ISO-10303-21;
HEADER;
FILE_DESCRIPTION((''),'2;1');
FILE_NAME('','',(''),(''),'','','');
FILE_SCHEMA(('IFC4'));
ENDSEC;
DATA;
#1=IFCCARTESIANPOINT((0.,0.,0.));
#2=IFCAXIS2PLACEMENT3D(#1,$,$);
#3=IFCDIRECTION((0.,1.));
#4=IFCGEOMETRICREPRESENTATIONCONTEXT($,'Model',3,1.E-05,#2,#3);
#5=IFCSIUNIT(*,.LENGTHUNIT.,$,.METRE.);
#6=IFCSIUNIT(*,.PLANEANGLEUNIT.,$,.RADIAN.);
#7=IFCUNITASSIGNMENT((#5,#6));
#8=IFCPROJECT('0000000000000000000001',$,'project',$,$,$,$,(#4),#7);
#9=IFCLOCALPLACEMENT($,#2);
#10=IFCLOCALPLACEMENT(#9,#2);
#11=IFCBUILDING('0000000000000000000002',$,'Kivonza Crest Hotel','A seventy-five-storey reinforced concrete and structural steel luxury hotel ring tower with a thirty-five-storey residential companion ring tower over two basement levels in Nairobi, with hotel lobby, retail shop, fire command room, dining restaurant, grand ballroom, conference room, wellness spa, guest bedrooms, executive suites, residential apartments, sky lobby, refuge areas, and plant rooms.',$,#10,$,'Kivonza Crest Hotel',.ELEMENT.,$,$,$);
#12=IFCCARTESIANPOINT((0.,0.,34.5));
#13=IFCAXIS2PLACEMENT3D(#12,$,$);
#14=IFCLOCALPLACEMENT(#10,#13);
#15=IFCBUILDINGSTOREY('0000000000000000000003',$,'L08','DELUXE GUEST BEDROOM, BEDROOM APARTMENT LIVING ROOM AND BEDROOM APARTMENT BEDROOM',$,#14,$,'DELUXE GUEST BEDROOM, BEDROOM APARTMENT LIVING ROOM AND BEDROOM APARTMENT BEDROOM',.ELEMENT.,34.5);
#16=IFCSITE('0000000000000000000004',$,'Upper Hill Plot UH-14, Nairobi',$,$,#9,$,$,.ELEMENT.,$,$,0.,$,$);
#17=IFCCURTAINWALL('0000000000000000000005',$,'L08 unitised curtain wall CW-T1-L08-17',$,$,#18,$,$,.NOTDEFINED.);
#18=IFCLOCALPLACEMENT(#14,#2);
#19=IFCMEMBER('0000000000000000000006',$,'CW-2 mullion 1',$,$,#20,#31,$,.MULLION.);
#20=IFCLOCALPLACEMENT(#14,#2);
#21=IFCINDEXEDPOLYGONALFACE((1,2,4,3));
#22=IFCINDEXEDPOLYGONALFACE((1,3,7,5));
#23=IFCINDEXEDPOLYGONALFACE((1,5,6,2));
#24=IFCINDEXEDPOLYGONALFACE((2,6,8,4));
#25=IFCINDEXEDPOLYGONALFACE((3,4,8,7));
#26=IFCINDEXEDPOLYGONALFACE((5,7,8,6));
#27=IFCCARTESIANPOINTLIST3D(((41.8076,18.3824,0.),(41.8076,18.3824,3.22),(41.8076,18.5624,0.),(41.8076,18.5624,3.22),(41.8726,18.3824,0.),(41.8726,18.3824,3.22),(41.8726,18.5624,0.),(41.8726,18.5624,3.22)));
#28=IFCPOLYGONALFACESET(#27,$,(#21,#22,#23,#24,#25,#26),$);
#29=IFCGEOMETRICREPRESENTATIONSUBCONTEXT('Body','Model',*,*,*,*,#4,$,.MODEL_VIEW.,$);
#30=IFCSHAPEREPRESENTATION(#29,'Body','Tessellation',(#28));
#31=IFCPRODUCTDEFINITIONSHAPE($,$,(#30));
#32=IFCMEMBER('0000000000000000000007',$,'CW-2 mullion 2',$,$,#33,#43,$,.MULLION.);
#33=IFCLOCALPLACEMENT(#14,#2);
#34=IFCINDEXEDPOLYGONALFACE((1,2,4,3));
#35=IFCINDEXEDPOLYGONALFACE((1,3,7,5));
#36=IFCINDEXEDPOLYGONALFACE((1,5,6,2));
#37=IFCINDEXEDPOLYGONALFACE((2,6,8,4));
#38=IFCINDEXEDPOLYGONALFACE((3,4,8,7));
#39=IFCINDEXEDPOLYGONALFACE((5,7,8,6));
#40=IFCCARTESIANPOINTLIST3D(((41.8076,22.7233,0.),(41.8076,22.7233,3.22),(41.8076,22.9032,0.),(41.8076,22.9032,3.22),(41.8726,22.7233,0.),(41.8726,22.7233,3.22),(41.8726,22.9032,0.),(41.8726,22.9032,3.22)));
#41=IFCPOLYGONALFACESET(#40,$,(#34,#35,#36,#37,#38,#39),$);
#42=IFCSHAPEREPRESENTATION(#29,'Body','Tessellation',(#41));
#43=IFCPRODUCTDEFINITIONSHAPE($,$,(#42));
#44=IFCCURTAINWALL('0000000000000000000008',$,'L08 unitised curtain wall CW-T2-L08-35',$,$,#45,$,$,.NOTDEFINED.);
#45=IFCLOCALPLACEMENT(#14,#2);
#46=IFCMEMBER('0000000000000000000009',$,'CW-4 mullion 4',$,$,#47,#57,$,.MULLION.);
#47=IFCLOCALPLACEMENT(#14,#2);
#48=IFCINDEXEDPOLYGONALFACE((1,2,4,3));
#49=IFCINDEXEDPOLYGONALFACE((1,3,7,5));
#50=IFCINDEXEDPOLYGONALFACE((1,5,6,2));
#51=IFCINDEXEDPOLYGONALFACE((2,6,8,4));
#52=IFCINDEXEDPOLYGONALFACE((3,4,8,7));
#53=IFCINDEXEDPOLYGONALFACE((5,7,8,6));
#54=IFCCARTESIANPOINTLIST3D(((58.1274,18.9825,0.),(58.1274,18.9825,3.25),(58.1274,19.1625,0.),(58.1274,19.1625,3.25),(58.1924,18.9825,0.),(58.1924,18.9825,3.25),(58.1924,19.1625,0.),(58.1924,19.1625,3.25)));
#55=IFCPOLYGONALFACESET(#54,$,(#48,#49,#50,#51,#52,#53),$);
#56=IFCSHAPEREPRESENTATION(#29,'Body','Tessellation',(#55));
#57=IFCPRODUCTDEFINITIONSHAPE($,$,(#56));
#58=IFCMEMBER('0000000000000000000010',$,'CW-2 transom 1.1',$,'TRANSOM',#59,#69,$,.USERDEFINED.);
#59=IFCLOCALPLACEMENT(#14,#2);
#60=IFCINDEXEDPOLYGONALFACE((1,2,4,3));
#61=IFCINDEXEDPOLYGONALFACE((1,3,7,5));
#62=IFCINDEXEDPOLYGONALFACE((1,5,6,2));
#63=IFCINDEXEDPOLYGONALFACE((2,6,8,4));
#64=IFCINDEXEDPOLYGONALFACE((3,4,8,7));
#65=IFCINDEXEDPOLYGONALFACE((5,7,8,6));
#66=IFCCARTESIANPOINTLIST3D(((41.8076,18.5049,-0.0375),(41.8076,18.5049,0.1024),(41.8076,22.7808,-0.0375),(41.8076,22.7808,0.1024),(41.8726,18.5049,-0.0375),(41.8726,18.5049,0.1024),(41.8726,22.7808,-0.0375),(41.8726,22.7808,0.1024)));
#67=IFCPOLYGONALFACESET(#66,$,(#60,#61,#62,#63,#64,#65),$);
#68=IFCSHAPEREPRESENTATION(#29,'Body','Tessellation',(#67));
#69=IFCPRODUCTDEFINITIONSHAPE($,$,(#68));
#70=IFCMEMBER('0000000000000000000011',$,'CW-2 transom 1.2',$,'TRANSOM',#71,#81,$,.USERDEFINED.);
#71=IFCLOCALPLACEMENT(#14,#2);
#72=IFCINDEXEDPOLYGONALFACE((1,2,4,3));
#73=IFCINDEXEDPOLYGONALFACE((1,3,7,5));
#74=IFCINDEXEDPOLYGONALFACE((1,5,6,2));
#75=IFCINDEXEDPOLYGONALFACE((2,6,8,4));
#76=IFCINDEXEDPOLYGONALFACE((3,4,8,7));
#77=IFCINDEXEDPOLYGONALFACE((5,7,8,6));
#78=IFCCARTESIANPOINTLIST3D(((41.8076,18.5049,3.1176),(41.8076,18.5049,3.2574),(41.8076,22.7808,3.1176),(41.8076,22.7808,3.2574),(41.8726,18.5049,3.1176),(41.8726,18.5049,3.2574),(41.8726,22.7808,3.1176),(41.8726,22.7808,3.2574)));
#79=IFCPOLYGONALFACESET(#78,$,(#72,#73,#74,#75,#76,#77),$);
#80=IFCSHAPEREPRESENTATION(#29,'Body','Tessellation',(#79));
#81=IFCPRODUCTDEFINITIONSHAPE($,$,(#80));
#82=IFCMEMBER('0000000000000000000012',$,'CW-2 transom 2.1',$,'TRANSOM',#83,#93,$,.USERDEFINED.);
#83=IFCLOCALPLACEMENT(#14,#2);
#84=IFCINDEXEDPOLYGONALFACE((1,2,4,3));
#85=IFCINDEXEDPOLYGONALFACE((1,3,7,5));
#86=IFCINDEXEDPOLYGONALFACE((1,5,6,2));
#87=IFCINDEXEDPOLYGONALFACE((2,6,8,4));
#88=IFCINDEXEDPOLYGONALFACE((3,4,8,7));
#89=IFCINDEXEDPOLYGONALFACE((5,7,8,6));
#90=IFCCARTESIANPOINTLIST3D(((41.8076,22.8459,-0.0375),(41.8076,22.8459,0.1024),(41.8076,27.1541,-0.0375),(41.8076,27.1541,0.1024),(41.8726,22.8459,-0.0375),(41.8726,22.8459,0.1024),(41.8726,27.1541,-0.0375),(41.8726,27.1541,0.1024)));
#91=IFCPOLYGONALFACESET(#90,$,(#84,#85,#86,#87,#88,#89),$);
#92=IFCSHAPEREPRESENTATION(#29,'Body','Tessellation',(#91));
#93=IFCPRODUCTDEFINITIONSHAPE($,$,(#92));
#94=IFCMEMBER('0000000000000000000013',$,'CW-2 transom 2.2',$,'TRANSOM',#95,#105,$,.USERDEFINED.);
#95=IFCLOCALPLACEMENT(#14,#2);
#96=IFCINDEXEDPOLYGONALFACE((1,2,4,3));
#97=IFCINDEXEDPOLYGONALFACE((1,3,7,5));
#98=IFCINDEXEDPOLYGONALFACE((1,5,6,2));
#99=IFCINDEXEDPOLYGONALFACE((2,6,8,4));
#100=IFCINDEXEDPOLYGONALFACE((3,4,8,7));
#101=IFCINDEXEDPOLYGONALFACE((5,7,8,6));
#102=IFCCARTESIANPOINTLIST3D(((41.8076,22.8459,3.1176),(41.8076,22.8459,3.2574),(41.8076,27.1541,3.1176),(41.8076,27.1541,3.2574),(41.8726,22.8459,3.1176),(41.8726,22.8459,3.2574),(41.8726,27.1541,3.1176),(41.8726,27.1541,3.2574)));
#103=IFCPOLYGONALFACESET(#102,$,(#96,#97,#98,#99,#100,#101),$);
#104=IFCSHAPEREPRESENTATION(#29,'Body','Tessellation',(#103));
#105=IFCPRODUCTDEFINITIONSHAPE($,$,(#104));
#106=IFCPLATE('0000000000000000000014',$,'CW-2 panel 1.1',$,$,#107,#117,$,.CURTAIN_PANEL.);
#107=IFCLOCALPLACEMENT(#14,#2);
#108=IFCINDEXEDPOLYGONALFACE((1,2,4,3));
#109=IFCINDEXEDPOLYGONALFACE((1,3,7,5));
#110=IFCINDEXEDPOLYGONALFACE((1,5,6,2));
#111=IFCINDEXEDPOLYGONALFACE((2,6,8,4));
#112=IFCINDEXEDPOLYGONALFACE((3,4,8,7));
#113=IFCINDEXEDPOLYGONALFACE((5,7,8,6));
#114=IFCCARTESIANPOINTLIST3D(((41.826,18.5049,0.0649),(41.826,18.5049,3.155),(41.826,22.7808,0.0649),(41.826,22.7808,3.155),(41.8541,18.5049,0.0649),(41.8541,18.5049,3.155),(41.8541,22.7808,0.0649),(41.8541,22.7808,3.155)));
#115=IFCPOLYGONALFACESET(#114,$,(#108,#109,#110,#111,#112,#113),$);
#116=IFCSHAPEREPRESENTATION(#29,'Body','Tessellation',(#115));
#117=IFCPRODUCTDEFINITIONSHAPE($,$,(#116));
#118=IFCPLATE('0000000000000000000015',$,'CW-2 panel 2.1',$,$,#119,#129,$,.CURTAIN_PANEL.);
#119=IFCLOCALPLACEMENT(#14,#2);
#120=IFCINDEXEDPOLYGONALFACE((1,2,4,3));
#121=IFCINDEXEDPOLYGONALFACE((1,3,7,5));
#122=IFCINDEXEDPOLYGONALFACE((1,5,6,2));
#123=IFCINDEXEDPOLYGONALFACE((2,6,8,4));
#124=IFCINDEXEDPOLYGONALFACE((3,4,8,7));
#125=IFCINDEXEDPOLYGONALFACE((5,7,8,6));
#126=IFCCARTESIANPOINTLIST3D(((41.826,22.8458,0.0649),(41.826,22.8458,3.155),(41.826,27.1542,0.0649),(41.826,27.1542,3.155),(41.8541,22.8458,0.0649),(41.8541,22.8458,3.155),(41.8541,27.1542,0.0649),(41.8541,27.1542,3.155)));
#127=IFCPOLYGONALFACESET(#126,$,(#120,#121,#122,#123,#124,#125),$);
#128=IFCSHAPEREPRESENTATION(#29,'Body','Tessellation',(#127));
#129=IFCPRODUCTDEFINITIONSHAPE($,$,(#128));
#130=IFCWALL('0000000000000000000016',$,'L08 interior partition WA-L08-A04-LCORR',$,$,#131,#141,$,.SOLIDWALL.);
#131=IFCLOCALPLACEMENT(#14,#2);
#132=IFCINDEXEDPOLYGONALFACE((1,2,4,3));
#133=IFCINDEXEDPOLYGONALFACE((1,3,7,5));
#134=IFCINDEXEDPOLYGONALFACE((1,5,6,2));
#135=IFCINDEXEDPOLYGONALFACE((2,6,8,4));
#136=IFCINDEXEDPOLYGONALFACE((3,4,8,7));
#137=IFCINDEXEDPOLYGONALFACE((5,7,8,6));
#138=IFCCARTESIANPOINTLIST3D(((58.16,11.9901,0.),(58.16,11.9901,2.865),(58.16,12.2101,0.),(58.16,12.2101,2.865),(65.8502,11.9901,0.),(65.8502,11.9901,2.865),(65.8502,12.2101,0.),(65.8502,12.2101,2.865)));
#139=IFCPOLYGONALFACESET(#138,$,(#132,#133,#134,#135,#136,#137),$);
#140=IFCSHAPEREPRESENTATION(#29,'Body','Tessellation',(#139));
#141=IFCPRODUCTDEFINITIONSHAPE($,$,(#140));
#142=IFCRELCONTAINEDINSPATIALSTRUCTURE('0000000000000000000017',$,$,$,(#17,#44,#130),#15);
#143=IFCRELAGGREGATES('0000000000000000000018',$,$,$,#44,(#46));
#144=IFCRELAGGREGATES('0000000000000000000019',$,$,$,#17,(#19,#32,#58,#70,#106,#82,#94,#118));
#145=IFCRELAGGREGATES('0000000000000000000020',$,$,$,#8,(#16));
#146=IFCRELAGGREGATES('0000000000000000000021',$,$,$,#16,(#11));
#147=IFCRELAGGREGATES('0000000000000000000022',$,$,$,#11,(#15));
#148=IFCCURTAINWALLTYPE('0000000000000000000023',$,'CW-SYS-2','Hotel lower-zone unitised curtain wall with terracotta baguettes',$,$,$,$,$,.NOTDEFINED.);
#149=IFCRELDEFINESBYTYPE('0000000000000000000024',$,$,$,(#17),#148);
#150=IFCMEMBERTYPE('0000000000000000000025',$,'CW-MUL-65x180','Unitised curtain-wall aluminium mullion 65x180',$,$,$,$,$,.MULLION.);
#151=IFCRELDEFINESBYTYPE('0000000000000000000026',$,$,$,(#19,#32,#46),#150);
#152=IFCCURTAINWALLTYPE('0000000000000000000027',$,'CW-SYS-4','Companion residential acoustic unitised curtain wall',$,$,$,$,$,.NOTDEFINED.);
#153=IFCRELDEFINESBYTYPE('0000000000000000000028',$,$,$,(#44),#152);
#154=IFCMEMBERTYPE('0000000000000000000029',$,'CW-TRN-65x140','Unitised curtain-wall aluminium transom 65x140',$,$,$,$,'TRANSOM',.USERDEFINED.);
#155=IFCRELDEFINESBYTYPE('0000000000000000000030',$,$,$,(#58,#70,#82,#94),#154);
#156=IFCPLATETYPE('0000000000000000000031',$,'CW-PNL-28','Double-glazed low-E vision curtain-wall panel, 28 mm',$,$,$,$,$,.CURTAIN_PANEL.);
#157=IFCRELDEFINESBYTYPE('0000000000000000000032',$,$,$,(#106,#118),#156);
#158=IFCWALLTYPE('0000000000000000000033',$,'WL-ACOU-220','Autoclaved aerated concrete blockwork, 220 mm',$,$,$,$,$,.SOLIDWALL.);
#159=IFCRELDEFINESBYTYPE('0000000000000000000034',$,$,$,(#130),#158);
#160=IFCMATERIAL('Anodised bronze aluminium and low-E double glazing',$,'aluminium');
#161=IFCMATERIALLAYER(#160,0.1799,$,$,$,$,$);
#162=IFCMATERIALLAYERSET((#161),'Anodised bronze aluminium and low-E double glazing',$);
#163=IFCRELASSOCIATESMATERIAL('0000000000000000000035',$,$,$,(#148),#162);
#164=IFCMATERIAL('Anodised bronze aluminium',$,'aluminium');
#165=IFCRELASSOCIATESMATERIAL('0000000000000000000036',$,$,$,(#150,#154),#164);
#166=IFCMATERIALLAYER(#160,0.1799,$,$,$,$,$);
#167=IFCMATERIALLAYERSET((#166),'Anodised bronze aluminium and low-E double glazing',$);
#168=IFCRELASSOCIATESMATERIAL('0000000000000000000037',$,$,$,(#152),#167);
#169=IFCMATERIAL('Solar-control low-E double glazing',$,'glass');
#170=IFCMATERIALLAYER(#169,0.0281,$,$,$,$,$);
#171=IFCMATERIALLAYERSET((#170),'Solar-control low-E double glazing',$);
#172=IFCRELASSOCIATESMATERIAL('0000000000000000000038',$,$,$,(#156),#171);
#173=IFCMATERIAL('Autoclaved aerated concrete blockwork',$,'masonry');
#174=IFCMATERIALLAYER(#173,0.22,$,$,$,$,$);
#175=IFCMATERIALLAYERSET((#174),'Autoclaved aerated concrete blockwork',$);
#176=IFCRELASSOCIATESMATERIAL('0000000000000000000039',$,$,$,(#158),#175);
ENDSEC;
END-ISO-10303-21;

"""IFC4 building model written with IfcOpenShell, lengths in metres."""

from ifc_helpers import new_model, si_unit, direction, frame, frame_2d, origin, origin_2d, place, context, subcontext, project, spatial, rectangle, extrude, material, layer, layer_set, material_profile, profile_set, type_object, element, aggregate, save


model = new_model("IFC4")

# Units and contexts
model_context = context("Model", 3, precision=1e-05, world=origin(), true_north=direction((0.0, 1.0)))
body_context = subcontext(model_context, "Body", "Model", "MODEL_VIEW")
ifc_project = project(units=[si_unit("LENGTHUNIT", "METRE"), si_unit("PLANEANGLEUNIT", "RADIAN")], contexts=[model_context])

# Site, building, storey
site_placement = place(None, origin())
site = spatial("IfcSite", under=ifc_project, at=site_placement, Name="Upper Hill Plot UH-14, Nairobi", CompositionType="ELEMENT", RefElevation=0.0)
building_placement = place(site_placement, origin())
building = spatial("IfcBuilding", under=site, at=building_placement, Name="Kivonza Crest Hotel", Description="A seventy-five-storey reinforced concrete and structural steel luxury hotel ring tower with a thirty-five-storey residential companion ring tower over two basement levels in Nairobi, with hotel lobby, retail shop, fire command room, dining restaurant, grand ballroom, conference room, wellness spa, guest bedrooms, executive suites, residential apartments, sky lobby, refuge areas, and plant rooms.", LongName="Kivonza Crest Hotel", CompositionType="ELEMENT")
storey_placement = place(building_placement, frame((0.0, 0.0, 34.5)))
storey = spatial("IfcBuildingStorey", under=building, at=storey_placement, Name="L08", Description="DELUXE GUEST BEDROOM, BEDROOM APARTMENT LIVING ROOM AND BEDROOM APARTMENT BEDROOM", LongName="DELUXE GUEST BEDROOM, BEDROOM APARTMENT LIVING ROOM AND BEDROOM APARTMENT BEDROOM", CompositionType="ELEMENT", Elevation=34.5)

# Curtain wall, members
ifc_material_1 = material(Name="Anodised bronze aluminium and low-E double glazing", Category="aluminium")
ifc_layer_1 = layer(ifc_material_1, 0.1799)
ifc_layer_set_1 = layer_set([ifc_layer_1], Name="Anodised bronze aluminium and low-E double glazing")
curtain_wall_type_1 = type_object("IfcCurtainWallType", Name="CW-SYS-2", Description="Hotel lower-zone unitised curtain wall with terracotta baguettes", PredefinedType="NOTDEFINED", material=ifc_layer_set_1)
curtain_wall_1_placement = place(storey_placement, origin())
curtain_wall_1 = element("IfcCurtainWall", 1, at=curtain_wall_1_placement, inside=storey, type_object=curtain_wall_type_1, Name="L08 unitised curtain wall CW-T1-L08-17", PredefinedType="NOTDEFINED")
ifc_material_2 = material(Name="Anodised bronze aluminium", Category="aluminium")
ifc_material_profile_1 = material_profile(ifc_material_2, rectangle(XDim=0.0649, YDim=0.1799, at=origin_2d()), Name="CW-M 65x180")
ifc_profile_set_1 = profile_set([ifc_material_profile_1], Name="Anodised bronze aluminium")
member_type_1 = type_object("IfcMemberType", Name="CW-MUL-65x180", Description="Unitised curtain-wall aluminium mullion 65x180", PredefinedType="MULLION", material=ifc_profile_set_1)
member_1_placement = place(storey_placement, frame((41.8401, 18.4724, 0.0), z_axis=(0.0, 0.0, 1.0), x_axis=(-1.0, 0.0, 0.0)))
member_1 = element("IfcMember", 2, at=member_1_placement, type_object=member_type_1, Name="CW-2 mullion 1", PredefinedType="MULLION", context=body_context, shape_type="SweptSolid", body=[
    extrude(rectangle(XDim=0.0649, YDim=0.1799, at=origin_2d()), origin(), (0.0, 0.0, 1.0), 3.22),
])
member_2_placement = place(storey_placement, frame((41.8401, 22.8132, 0.0), z_axis=(0.0, 0.0, 1.0), x_axis=(-1.0, 0.0, 0.0)))
member_2 = element("IfcMember", 3, at=member_2_placement, type_object=member_type_1, Name="CW-2 mullion 2", PredefinedType="MULLION", context=body_context, shape_type="SweptSolid", body=[
    extrude(rectangle(XDim=0.0649, YDim=0.1799, at=origin_2d()), origin(), (0.0, 0.0, 1.0), 3.22),
])

# Curtain wall, member
ifc_layer_2 = layer(ifc_material_1, 0.1799)
ifc_layer_set_2 = layer_set([ifc_layer_2], Name="Anodised bronze aluminium and low-E double glazing")
curtain_wall_type_2 = type_object("IfcCurtainWallType", Name="CW-SYS-4", Description="Companion residential acoustic unitised curtain wall", PredefinedType="NOTDEFINED", material=ifc_layer_set_2)
curtain_wall_2_placement = place(storey_placement, origin())
curtain_wall_2 = element("IfcCurtainWall", 4, at=curtain_wall_2_placement, inside=storey, type_object=curtain_wall_type_2, Name="L08 unitised curtain wall CW-T2-L08-35", PredefinedType="NOTDEFINED")
member_3_placement = place(storey_placement, frame((58.1599, 19.0725, 0.0), z_axis=(0.0, 0.0, 1.0), x_axis=(1.0, 0.0, 0.0)))
member_3 = element("IfcMember", 5, at=member_3_placement, type_object=member_type_1, Name="CW-4 mullion 4", PredefinedType="MULLION", context=body_context, shape_type="SweptSolid", body=[
    extrude(rectangle(XDim=0.0649, YDim=0.1799, at=origin_2d()), origin(), (0.0, 0.0, 1.0), 3.25),
])
aggregate(curtain_wall_2, [member_3])

# Members
ifc_material_profile_2 = material_profile(ifc_material_2, rectangle(XDim=0.0649, YDim=0.1399, at=origin_2d()), Name="CW-T 65x140")
ifc_profile_set_2 = profile_set([ifc_material_profile_2], Name="Anodised bronze aluminium")
member_type_2 = type_object("IfcMemberType", Name="CW-TRN-65x140", Description="Unitised curtain-wall aluminium transom 65x140", ElementType="TRANSOM", PredefinedType="USERDEFINED", material=ifc_profile_set_2)
member_4_placement = place(storey_placement, frame((41.8401, 18.5049, 0.0325), z_axis=(0.0, 1.0, 0.0), x_axis=(-1.0, 0.0, 0.0)))
member_4 = element("IfcMember", 6, at=member_4_placement, type_object=member_type_2, Name="CW-2 transom 1.1", ObjectType="TRANSOM", PredefinedType="USERDEFINED", context=body_context, shape_type="SweptSolid", body=[
    extrude(rectangle(XDim=0.0649, YDim=0.1399, at=origin_2d()), origin(), (0.0, 0.0, 1.0), 4.2759),
])
member_5_placement = place(storey_placement, frame((41.8401, 18.5049, 3.1875), z_axis=(0.0, 1.0, 0.0), x_axis=(-1.0, 0.0, 0.0)))
member_5 = element("IfcMember", 7, at=member_5_placement, type_object=member_type_2, Name="CW-2 transom 1.2", ObjectType="TRANSOM", PredefinedType="USERDEFINED", context=body_context, shape_type="SweptSolid", body=[
    extrude(rectangle(XDim=0.0649, YDim=0.1399, at=origin_2d()), origin(), (0.0, 0.0, 1.0), 4.2759),
])
member_6_placement = place(storey_placement, frame((41.8401, 22.8459, 0.0325), z_axis=(0.0, 1.0, 0.0), x_axis=(-1.0, 0.0, 0.0)))
member_6 = element("IfcMember", 8, at=member_6_placement, type_object=member_type_2, Name="CW-2 transom 2.1", ObjectType="TRANSOM", PredefinedType="USERDEFINED", context=body_context, shape_type="SweptSolid", body=[
    extrude(rectangle(XDim=0.0649, YDim=0.1399, at=origin_2d()), origin(), (0.0, 0.0, 1.0), 4.3081),
])
member_7_placement = place(storey_placement, frame((41.8401, 22.8459, 3.1875), z_axis=(0.0, 1.0, 0.0), x_axis=(-1.0, 0.0, 0.0)))
member_7 = element("IfcMember", 9, at=member_7_placement, type_object=member_type_2, Name="CW-2 transom 2.2", ObjectType="TRANSOM", PredefinedType="USERDEFINED", context=body_context, shape_type="SweptSolid", body=[
    extrude(rectangle(XDim=0.0649, YDim=0.1399, at=origin_2d()), origin(), (0.0, 0.0, 1.0), 4.3081),
])

# Plates
ifc_material_3 = material(Name="Solar-control low-E double glazing", Category="glass")
ifc_layer_3 = layer(ifc_material_3, 0.0281)
ifc_layer_set_3 = layer_set([ifc_layer_3], Name="Solar-control low-E double glazing")
plate_type = type_object("IfcPlateType", Name="CW-PNL-28", Description="Double-glazed low-E vision curtain-wall panel, 28 mm", PredefinedType="CURTAIN_PANEL", material=ifc_layer_set_3)
plate_1_placement = place(storey_placement, frame((41.8401, 20.6428, 0.0649), z_axis=(0.0, 0.0, 1.0), x_axis=(0.0, 1.0, 0.0)))
plate_1 = element("IfcPlate", 10, at=plate_1_placement, type_object=plate_type, Name="CW-2 panel 1.1", PredefinedType="CURTAIN_PANEL", context=body_context, shape_type="SweptSolid", body=[
    extrude(rectangle(XDim=4.2759, YDim=0.0281, at=origin_2d()), origin(), (0.0, 0.0, 1.0), 3.0901),
])
plate_2_placement = place(storey_placement, frame((41.8401, 25.0, 0.0649), z_axis=(0.0, 0.0, 1.0), x_axis=(0.0, 1.0, 0.0)))
plate_2 = element("IfcPlate", 11, at=plate_2_placement, type_object=plate_type, Name="CW-2 panel 2.1", PredefinedType="CURTAIN_PANEL", context=body_context, shape_type="SweptSolid", body=[
    extrude(rectangle(XDim=4.3083, YDim=0.0281, at=origin_2d()), origin(), (0.0, 0.0, 1.0), 3.0901),
])
aggregate(curtain_wall_1, [member_1, member_2, member_4, member_5, plate_1, member_6, member_7, plate_2])

# Wall
ifc_material_4 = material(Name="Autoclaved aerated concrete blockwork", Category="masonry")
ifc_layer_4 = layer(ifc_material_4, 0.22)
ifc_layer_set_4 = layer_set([ifc_layer_4], Name="Autoclaved aerated concrete blockwork")
wall_type_1 = type_object("IfcWallType", Name="WL-ACOU-220", Description="Autoclaved aerated concrete blockwork, 220 mm", PredefinedType="SOLIDWALL", material=ifc_layer_set_4)
wall_1_placement = place(storey_placement, frame((58.1599, 12.1001, 0.0), z_axis=(0.0, 0.0, 1.0), x_axis=(1.0, 0.0, 0.0)))
element("IfcWall", 12, at=wall_1_placement, inside=storey, type_object=wall_type_1, Name="L08 interior partition WA-L08-A04-LCORR", PredefinedType="SOLIDWALL", context=body_context, shape_type="SweptSolid", body=[
    extrude(rectangle(XDim=7.6902, YDim=0.22, at=frame_2d((3.8452, 0.0))), origin(), (0.0, 0.0, 1.0), 2.865),
])

save(model, "model.ifc")
